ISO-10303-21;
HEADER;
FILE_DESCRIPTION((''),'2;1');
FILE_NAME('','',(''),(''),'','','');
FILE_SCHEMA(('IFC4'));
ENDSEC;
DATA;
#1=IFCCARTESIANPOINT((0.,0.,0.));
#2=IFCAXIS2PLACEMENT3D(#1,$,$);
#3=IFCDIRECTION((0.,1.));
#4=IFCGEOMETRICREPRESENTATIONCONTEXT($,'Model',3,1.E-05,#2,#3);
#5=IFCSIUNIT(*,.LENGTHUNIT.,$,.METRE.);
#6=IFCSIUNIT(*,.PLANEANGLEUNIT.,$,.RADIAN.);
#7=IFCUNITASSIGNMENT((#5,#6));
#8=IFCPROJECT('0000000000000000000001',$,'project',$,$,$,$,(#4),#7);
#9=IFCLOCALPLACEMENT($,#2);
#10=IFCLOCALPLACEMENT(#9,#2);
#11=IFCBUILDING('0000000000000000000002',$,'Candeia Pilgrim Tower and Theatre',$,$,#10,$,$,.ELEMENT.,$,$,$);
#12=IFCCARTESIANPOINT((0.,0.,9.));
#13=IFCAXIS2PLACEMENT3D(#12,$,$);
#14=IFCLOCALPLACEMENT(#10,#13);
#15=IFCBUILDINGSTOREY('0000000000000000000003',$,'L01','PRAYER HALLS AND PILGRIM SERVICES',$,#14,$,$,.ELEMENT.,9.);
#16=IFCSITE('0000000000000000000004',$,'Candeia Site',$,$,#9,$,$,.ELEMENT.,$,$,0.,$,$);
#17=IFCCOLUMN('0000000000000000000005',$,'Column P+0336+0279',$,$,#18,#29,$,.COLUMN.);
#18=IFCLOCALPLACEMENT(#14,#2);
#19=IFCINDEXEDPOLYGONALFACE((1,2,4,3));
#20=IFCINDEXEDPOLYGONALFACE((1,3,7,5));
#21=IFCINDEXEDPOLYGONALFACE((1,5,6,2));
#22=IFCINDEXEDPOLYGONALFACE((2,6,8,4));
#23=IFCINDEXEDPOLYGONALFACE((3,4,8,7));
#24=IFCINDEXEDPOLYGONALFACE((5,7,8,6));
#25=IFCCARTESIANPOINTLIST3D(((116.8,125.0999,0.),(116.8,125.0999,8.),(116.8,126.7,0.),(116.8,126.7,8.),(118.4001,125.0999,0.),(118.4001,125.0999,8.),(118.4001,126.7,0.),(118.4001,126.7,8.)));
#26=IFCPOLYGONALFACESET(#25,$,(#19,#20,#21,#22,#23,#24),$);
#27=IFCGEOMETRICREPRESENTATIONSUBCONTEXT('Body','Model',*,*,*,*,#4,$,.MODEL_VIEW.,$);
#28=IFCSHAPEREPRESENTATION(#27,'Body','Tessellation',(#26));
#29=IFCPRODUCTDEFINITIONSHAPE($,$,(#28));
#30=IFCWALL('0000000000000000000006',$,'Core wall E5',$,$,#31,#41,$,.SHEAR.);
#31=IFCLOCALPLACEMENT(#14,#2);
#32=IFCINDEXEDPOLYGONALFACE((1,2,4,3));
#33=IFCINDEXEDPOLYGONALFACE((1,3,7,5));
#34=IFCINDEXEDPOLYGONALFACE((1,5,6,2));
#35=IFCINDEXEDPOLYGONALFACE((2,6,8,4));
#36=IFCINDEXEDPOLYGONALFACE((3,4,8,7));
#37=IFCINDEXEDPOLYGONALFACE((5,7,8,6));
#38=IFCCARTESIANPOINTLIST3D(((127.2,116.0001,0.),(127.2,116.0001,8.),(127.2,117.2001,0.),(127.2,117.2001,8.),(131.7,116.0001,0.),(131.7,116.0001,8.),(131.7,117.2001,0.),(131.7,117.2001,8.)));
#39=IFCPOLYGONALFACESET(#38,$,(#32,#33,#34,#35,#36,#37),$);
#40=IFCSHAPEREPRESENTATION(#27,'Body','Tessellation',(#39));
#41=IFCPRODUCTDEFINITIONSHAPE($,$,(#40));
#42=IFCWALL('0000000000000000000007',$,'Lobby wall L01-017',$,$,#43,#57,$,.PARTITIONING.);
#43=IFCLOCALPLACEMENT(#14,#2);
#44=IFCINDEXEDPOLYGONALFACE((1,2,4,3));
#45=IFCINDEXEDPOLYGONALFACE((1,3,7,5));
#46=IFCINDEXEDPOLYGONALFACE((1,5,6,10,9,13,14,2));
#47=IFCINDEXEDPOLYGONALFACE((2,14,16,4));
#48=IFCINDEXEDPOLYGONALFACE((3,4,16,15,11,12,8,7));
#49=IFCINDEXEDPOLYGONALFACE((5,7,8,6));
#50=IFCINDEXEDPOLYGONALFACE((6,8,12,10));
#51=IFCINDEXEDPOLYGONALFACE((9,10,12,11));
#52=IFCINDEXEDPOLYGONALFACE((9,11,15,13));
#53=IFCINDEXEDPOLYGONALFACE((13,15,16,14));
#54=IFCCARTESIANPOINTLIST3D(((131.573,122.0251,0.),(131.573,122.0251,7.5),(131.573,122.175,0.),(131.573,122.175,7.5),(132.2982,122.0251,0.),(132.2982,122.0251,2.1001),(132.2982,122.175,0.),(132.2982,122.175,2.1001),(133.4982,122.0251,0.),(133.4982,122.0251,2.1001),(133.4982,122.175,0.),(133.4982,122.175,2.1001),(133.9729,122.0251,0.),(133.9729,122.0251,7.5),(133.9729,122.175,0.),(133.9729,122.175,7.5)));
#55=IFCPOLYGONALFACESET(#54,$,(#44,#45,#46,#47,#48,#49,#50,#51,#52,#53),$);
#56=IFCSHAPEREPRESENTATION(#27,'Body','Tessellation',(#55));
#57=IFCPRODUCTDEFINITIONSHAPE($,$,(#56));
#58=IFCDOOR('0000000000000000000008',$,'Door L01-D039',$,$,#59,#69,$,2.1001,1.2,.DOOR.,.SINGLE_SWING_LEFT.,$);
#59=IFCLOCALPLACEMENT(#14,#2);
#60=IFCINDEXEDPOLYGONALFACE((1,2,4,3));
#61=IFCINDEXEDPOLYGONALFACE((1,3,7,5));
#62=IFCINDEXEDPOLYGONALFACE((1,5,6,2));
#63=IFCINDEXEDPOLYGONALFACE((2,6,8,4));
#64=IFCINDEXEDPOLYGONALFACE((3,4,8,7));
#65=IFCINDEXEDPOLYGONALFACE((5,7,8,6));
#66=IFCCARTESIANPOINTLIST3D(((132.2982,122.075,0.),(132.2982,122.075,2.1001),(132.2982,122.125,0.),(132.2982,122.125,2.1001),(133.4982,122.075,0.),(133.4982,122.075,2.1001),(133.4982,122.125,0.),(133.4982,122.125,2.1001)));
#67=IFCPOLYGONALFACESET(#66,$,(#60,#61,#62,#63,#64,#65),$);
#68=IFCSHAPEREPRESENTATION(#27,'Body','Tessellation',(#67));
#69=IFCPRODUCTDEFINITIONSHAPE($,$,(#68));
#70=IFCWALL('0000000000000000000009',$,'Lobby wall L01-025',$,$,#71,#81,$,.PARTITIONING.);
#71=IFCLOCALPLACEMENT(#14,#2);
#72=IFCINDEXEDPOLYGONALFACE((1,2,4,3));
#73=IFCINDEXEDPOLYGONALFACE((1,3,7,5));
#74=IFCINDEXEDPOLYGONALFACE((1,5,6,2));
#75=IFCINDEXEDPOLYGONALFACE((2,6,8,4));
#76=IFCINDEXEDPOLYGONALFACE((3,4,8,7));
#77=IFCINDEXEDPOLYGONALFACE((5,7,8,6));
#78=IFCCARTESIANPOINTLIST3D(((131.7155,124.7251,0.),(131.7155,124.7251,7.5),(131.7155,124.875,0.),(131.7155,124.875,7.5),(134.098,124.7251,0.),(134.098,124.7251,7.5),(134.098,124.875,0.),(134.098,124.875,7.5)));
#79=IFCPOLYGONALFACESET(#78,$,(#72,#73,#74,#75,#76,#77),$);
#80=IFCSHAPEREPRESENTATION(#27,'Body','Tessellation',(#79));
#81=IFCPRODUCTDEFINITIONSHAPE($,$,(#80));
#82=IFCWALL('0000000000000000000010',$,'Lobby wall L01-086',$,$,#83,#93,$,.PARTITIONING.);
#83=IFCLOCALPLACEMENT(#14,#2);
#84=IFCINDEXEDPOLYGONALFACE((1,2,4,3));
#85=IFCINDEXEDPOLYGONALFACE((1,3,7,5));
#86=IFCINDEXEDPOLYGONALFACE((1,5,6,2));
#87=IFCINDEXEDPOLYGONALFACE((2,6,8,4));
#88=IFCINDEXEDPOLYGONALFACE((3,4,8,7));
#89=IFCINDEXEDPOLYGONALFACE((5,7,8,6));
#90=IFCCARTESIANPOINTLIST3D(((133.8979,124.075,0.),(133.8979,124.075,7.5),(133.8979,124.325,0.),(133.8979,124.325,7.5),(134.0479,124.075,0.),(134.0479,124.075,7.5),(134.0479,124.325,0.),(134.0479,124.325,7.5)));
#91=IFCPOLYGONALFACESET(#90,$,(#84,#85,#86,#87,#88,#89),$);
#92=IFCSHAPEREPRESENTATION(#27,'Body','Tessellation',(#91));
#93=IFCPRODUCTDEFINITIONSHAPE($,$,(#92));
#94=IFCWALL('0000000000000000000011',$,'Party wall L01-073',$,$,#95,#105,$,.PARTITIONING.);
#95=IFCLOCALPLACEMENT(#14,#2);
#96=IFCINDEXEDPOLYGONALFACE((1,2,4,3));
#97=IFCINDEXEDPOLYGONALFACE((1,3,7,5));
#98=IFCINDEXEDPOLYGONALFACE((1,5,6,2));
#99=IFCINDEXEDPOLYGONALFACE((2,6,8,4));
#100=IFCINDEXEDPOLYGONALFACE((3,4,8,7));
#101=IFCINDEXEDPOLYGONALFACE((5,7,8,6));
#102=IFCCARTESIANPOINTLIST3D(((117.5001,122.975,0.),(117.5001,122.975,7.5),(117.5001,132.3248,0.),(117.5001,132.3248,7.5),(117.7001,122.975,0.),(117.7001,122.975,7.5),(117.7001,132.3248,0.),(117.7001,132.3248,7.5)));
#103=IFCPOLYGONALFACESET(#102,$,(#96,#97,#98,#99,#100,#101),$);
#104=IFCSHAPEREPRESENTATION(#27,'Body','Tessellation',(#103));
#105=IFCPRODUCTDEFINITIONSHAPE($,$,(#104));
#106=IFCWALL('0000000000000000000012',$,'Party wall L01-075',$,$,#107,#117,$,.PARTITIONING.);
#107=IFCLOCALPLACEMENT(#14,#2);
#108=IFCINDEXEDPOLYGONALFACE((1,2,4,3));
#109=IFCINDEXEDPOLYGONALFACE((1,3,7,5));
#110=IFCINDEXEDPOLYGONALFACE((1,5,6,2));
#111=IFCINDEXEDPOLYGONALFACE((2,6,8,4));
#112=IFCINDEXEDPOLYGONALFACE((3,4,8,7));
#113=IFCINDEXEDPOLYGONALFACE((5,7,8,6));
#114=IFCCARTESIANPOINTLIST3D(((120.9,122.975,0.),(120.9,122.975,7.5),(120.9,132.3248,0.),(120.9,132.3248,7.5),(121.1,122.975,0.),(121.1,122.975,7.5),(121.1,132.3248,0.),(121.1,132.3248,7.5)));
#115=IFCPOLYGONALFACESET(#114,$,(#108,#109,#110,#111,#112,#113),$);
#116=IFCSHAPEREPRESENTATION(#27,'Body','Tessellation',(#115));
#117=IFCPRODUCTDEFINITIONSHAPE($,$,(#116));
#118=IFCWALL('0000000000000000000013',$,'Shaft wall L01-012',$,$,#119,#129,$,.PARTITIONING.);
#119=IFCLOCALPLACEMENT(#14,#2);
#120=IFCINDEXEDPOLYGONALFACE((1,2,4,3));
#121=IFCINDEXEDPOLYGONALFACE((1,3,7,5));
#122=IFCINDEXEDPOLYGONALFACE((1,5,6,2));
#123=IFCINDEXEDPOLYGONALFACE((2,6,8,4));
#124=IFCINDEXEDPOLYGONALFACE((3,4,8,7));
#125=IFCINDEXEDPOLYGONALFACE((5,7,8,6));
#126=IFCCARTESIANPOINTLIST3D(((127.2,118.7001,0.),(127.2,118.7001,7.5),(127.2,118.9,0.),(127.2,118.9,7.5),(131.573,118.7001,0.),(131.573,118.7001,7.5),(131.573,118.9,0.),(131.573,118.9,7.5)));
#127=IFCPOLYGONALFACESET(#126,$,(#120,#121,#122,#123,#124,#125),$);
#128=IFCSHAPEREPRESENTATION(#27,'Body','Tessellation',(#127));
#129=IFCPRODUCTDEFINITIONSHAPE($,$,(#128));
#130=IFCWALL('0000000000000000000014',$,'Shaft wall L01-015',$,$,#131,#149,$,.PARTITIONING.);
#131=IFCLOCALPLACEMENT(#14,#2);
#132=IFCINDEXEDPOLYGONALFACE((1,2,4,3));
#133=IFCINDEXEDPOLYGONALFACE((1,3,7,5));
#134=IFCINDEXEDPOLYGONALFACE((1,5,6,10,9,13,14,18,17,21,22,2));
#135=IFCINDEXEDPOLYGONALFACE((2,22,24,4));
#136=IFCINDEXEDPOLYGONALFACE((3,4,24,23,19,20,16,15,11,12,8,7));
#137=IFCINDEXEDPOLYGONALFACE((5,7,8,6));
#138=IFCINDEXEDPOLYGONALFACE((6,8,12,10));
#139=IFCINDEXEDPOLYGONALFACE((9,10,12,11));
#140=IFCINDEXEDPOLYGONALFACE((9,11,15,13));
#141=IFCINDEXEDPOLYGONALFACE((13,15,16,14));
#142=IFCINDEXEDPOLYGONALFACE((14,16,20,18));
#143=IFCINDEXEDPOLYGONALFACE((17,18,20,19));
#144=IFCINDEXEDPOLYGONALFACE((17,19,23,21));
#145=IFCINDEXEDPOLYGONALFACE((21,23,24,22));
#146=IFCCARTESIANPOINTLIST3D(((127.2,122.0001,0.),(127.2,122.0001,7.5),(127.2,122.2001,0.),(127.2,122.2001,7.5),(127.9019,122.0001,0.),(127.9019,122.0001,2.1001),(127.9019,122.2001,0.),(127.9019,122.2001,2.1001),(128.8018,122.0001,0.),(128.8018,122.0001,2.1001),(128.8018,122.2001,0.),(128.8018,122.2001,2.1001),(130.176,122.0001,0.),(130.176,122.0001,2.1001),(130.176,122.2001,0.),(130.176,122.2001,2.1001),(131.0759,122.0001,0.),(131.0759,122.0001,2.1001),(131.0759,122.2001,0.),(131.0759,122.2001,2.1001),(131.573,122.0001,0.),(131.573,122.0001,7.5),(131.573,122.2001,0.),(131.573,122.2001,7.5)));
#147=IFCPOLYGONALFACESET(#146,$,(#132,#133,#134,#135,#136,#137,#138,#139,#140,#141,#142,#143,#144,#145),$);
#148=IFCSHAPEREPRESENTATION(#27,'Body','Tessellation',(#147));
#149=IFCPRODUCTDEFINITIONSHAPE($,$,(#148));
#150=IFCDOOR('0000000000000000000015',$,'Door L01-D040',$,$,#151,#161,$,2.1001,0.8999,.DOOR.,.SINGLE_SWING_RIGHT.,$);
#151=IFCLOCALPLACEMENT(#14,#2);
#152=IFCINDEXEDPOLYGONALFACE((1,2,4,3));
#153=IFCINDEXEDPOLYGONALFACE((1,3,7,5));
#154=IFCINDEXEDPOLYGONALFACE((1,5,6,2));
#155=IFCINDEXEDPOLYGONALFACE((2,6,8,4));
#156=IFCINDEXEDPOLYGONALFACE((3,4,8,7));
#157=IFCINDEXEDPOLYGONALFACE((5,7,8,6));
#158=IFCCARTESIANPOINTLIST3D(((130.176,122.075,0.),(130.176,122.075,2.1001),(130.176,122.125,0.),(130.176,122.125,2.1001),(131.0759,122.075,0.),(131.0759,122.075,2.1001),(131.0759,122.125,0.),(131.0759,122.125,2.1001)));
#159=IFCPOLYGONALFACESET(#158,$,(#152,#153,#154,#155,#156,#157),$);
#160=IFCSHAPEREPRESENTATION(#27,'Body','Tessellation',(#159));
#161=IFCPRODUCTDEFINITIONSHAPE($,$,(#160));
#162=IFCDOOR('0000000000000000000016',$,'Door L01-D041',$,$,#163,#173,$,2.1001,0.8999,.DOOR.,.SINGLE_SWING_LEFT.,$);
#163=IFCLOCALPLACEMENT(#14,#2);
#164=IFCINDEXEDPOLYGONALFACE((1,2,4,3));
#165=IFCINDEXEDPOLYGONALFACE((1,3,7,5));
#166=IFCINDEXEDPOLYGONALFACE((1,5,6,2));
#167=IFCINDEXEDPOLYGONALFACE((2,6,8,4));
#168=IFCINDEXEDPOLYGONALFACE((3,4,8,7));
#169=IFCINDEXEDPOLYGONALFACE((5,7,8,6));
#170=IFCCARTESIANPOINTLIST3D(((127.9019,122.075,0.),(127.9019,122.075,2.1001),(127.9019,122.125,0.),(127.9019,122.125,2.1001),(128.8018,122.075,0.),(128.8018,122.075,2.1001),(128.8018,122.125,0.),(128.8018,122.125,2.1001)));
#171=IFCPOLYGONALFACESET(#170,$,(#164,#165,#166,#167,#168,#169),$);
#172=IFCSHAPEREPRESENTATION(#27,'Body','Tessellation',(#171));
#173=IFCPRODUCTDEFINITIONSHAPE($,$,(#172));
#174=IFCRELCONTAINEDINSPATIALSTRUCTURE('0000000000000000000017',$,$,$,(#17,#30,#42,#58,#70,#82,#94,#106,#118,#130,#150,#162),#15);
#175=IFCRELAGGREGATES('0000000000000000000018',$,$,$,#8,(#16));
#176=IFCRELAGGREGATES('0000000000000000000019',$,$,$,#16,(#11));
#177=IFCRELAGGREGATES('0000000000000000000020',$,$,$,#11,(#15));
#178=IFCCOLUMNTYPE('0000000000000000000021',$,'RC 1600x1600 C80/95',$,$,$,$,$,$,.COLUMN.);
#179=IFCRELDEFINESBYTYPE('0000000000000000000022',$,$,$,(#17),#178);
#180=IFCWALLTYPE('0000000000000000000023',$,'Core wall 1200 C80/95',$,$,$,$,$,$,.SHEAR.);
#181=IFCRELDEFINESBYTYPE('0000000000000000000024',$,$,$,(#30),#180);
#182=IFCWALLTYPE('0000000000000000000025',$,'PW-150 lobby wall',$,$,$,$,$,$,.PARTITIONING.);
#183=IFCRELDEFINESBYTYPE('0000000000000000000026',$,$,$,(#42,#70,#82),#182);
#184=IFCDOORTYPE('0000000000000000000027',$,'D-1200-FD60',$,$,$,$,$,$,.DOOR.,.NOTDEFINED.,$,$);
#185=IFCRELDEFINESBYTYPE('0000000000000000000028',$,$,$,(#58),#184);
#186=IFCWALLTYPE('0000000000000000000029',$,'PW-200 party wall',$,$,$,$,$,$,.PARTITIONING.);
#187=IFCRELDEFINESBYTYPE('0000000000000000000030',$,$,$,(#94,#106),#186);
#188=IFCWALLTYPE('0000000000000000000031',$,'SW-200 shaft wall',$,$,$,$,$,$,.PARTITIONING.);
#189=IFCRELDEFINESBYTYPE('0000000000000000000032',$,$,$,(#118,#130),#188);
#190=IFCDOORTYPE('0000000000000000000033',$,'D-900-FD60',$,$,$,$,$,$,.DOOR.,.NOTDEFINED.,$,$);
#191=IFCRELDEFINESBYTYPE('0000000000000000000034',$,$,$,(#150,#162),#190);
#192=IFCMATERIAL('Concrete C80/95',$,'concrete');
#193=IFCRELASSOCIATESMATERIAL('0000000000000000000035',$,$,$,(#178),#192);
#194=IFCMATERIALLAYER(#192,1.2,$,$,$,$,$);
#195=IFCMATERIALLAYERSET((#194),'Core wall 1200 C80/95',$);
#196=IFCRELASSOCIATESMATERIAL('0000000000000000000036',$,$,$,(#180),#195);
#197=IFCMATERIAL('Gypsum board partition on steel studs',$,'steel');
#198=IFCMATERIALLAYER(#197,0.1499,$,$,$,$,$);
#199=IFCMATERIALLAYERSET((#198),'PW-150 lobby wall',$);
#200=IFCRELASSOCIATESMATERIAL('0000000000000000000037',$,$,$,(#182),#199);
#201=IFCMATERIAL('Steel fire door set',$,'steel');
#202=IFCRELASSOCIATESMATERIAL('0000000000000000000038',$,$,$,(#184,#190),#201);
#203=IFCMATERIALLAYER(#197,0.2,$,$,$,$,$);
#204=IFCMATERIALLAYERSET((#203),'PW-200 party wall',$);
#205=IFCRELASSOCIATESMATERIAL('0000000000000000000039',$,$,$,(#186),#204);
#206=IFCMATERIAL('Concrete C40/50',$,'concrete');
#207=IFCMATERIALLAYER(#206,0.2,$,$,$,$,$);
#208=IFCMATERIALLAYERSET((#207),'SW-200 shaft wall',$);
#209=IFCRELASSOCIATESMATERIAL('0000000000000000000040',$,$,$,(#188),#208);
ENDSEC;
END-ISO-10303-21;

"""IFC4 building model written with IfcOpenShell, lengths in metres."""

from ifc_helpers import new_model, si_unit, direction, frame, frame_2d, origin, origin_2d, place, context, subcontext, project, spatial, rectangle, extrude, material, layer, layer_set, material_profile, profile_set, type_object, element, fill, save


model = new_model("IFC4")

# Units and contexts
model_context = context("Model", 3, precision=1e-05, world=origin(), true_north=direction((0.0, 1.0)))
body_context = subcontext(model_context, "Body", "Model", "MODEL_VIEW")
ifc_project = project(units=[si_unit("LENGTHUNIT", "METRE"), si_unit("PLANEANGLEUNIT", "RADIAN")], contexts=[model_context])

# Site, building, storey
site_placement = place(None, origin())
site = spatial("IfcSite", under=ifc_project, at=site_placement, Name="Candeia Site", CompositionType="ELEMENT", RefElevation=0.0)
building_placement = place(site_placement, origin())
building = spatial("IfcBuilding", under=site, at=building_placement, Name="Candeia Pilgrim Tower and Theatre", CompositionType="ELEMENT")
storey_placement = place(building_placement, frame((0.0, 0.0, 9.0)))
storey = spatial("IfcBuildingStorey", under=building, at=storey_placement, Name="L01", Description="PRAYER HALLS AND PILGRIM SERVICES", CompositionType="ELEMENT", Elevation=9.0)

# Column
ifc_material_1 = material(Name="Concrete C80/95", Category="concrete")
ifc_material_profile = material_profile(ifc_material_1, rectangle(XDim=1.6001, YDim=1.6001, at=origin_2d()))
ifc_profile_set = profile_set([ifc_material_profile], Name="Concrete C80/95")
column_type = type_object("IfcColumnType", Name="RC 1600x1600 C80/95", PredefinedType="COLUMN", material=ifc_profile_set)
column_placement = place(storey_placement, frame((117.6001, 125.8999, 0.0), z_axis=(0.0, 0.0, 1.0), x_axis=(1.0, 0.0, 0.0)))
element("IfcColumn", 1, at=column_placement, inside=storey, type_object=column_type, Name="Column P+0336+0279", PredefinedType="COLUMN", context=body_context, shape_type="SweptSolid", body=[
    extrude(rectangle(XDim=1.6001, YDim=1.6001, at=origin_2d()), origin(), (0.0, 0.0, 1.0), 8.0),
])

# Wall
ifc_layer_1 = layer(ifc_material_1, 1.2)
ifc_layer_set_1 = layer_set([ifc_layer_1], Name="Core wall 1200 C80/95")
wall_type_1 = type_object("IfcWallType", Name="Core wall 1200 C80/95", PredefinedType="SHEAR", material=ifc_layer_set_1)
wall_1_placement = place(storey_placement, frame((127.2, 116.6001, 0.0), z_axis=(0.0, 0.0, 1.0), x_axis=(1.0, 0.0, 0.0)))
element("IfcWall", 2, at=wall_1_placement, inside=storey, type_object=wall_type_1, Name="Core wall E5", PredefinedType="SHEAR", context=body_context, shape_type="SweptSolid", body=[
    extrude(rectangle(XDim=4.5, YDim=1.2, at=frame_2d((2.25, 0.0))), origin(), (0.0, 0.0, 1.0), 8.0),
])

# Wall, opening, door
ifc_material_2 = material(Name="Gypsum board partition on steel studs", Category="steel")
ifc_layer_2 = layer(ifc_material_2, 0.1499)
ifc_layer_set_2 = layer_set([ifc_layer_2], Name="PW-150 lobby wall")
wall_type_2 = type_object("IfcWallType", Name="PW-150 lobby wall", PredefinedType="PARTITIONING", material=ifc_layer_set_2)
wall_2_placement = place(storey_placement, frame((131.573, 122.1001, 0.0), z_axis=(0.0, 0.0, 1.0), x_axis=(1.0, 0.0, 0.0)))
wall_2 = element("IfcWall", 3, at=wall_2_placement, inside=storey, type_object=wall_type_2, Name="Lobby wall L01-017", PredefinedType="PARTITIONING", context=body_context, shape_type="SweptSolid", body=[
    extrude(rectangle(XDim=2.3999, YDim=0.1499, at=frame_2d((1.2, 0.0))), origin(), (0.0, 0.0, 1.0), 7.5),
])
opening_1_placement = place(wall_2_placement, frame((0.7251, 0.0, 0.0)))
opening_1 = element("IfcOpeningElement", 4, at=opening_1_placement, cuts=wall_2, PredefinedType="OPENING", context=body_context, shape_type="SweptSolid", body=[
    extrude(rectangle(XDim=1.2, YDim=2.1001, at=frame_2d((0.6001, 1.05))), frame((0.0, 0.085, 0.0), z_axis=(0.0, -1.0, 0.0), x_axis=(1.0, 0.0, 0.0)), (0.0, 0.0, 1.0), 0.1699),
])
ifc_material_3 = material(Name="Steel fire door set", Category="steel")
door_type_1 = type_object("IfcDoorType", Name="D-1200-FD60", OperationType="NOTDEFINED", PredefinedType="DOOR", material=ifc_material_3)
door_1_placement = place(opening_1_placement, origin())
door_1 = element("IfcDoor", 5, at=door_1_placement, inside=storey, type_object=door_type_1, Name="Door L01-D039", OperationType="SINGLE_SWING_LEFT", OverallHeight=2.1001, OverallWidth=1.2, PredefinedType="DOOR", context=body_context, shape_type="SweptSolid", body=[
    extrude(rectangle(XDim=1.2, YDim=2.1001, at=frame_2d((0.6001, 1.05))), frame((0.0, 0.0249, 0.0), z_axis=(0.0, -1.0, 0.0), x_axis=(1.0, 0.0, 0.0)), (0.0, 0.0, 1.0), 0.05),
])
fill(opening_1, door_1)

# Walls
wall_3_placement = place(storey_placement, frame((131.7153, 124.8, 0.0), z_axis=(0.0, 0.0, 1.0), x_axis=(1.0, 0.0, 0.0)))
element("IfcWall", 6, at=wall_3_placement, inside=storey, type_object=wall_type_2, Name="Lobby wall L01-025", PredefinedType="PARTITIONING", context=body_context, shape_type="SweptSolid", body=[
    extrude(rectangle(XDim=2.3826, YDim=0.1499, at=frame_2d((1.1914, 0.0))), origin(), (0.0, 0.0, 1.0), 7.5),
])
wall_4_placement = place(storey_placement, frame((133.9729, 124.075, 0.0), z_axis=(0.0, 0.0, 1.0), x_axis=(0.0, 1.0, 0.0)))
element("IfcWall", 7, at=wall_4_placement, inside=storey, type_object=wall_type_2, Name="Lobby wall L01-086", PredefinedType="PARTITIONING", context=body_context, shape_type="SweptSolid", body=[
    extrude(rectangle(XDim=0.25, YDim=0.1499, at=frame_2d((0.125, 0.0))), origin(), (0.0, 0.0, 1.0), 7.5),
])
ifc_layer_3 = layer(ifc_material_2, 0.2)
ifc_layer_set_3 = layer_set([ifc_layer_3], Name="PW-200 party wall")
wall_type_3 = type_object("IfcWallType", Name="PW-200 party wall", PredefinedType="PARTITIONING", material=ifc_layer_set_3)
for number, where, z_axis, x_axis, name in (
    (8, (117.6001, 122.9751, 0.0), (0.0, 0.0, 1.0), (0.0, 1.0, 0.0), "Party wall L01-073"),
    (9, (121.0, 122.9751, 0.0), (0.0, 0.0, 1.0), (0.0, 1.0, 0.0), "Party wall L01-075"),
):
    element("IfcWall", number, at=place(storey_placement, frame(where, z_axis=z_axis, x_axis=x_axis)), inside=storey, type_object=wall_type_3, Name=name, PredefinedType="PARTITIONING", context=body_context, shape_type="SweptSolid", body=[
        extrude(rectangle(XDim=9.3499, YDim=0.2, at=frame_2d((4.6748, 0.0))), origin(), (0.0, 0.0, 1.0), 7.5),
    ])
ifc_material_4 = material(Name="Concrete C40/50", Category="concrete")
ifc_layer_4 = layer(ifc_material_4, 0.2)
ifc_layer_set_4 = layer_set([ifc_layer_4], Name="SW-200 shaft wall")
wall_type_4 = type_object("IfcWallType", Name="SW-200 shaft wall", PredefinedType="PARTITIONING", material=ifc_layer_set_4)
wall_5_placement = place(storey_placement, frame((127.2, 118.8, 0.0), z_axis=(0.0, 0.0, 1.0), x_axis=(1.0, 0.0, 0.0)))
element("IfcWall", 10, at=wall_5_placement, inside=storey, type_object=wall_type_4, Name="Shaft wall L01-012", PredefinedType="PARTITIONING", context=body_context, shape_type="SweptSolid", body=[
    extrude(rectangle(XDim=4.373, YDim=0.2, at=frame_2d((2.1865, 0.0))), origin(), (0.0, 0.0, 1.0), 7.5),
])

# Wall, openings, doors
wall_6_placement = place(storey_placement, frame((127.2, 122.1001, 0.0), z_axis=(0.0, 0.0, 1.0), x_axis=(1.0, 0.0, 0.0)))
wall_6 = element("IfcWall", 11, at=wall_6_placement, inside=storey, type_object=wall_type_4, Name="Shaft wall L01-015", PredefinedType="PARTITIONING", context=body_context, shape_type="SweptSolid", body=[
    extrude(rectangle(XDim=4.373, YDim=0.2, at=frame_2d((2.1865, 0.0))), origin(), (0.0, 0.0, 1.0), 7.5),
])
opening_2_placement = place(wall_6_placement, frame((2.9761, 0.0, 0.0)))
opening_2 = element("IfcOpeningElement", 12, at=opening_2_placement, cuts=wall_6, PredefinedType="OPENING", context=body_context, shape_type="SweptSolid", body=[
    extrude(rectangle(XDim=0.8999, YDim=2.1001, at=frame_2d((0.45, 1.05))), frame((0.0, 0.1099, 0.0), z_axis=(0.0, -1.0, 0.0), x_axis=(1.0, 0.0, 0.0)), (0.0, 0.0, 1.0), 0.22),
])
opening_3_placement = place(wall_6_placement, frame((0.7019, 0.0, 0.0)))
opening_3 = element("IfcOpeningElement", 13, at=opening_3_placement, cuts=wall_6, PredefinedType="OPENING", context=body_context, shape_type="SweptSolid", body=[
    extrude(rectangle(XDim=0.8999, YDim=2.1001, at=frame_2d((0.45, 1.05))), frame((0.0, 0.1099, 0.0), z_axis=(0.0, -1.0, 0.0), x_axis=(1.0, 0.0, 0.0)), (0.0, 0.0, 1.0), 0.22),
])
door_type_2 = type_object("IfcDoorType", Name="D-900-FD60", OperationType="NOTDEFINED", PredefinedType="DOOR", material=ifc_material_3)
door_2_placement = place(opening_2_placement, origin())
door_2 = element("IfcDoor", 14, at=door_2_placement, inside=storey, type_object=door_type_2, Name="Door L01-D040", OperationType="SINGLE_SWING_RIGHT", OverallHeight=2.1001, OverallWidth=0.8999, PredefinedType="DOOR", context=body_context, shape_type="SweptSolid", body=[
    extrude(rectangle(XDim=0.8999, YDim=2.1001, at=frame_2d((0.45, 1.05))), frame((0.0, 0.0249, 0.0), z_axis=(0.0, -1.0, 0.0), x_axis=(1.0, 0.0, 0.0)), (0.0, 0.0, 1.0), 0.05),
])
fill(opening_2, door_2)
door_3_placement = place(opening_3_placement, origin())
door_3 = element("IfcDoor", 15, at=door_3_placement, inside=storey, type_object=door_type_2, Name="Door L01-D041", OperationType="SINGLE_SWING_LEFT", OverallHeight=2.1001, OverallWidth=0.8999, PredefinedType="DOOR", context=body_context, shape_type="SweptSolid", body=[
    extrude(rectangle(XDim=0.8999, YDim=2.1001, at=frame_2d((0.45, 1.05))), frame((0.0, 0.0249, 0.0), z_axis=(0.0, -1.0, 0.0), x_axis=(1.0, 0.0, 0.0)), (0.0, 0.0, 1.0), 0.05),
])
fill(opening_3, door_3)

save(model, "model.ifc")
